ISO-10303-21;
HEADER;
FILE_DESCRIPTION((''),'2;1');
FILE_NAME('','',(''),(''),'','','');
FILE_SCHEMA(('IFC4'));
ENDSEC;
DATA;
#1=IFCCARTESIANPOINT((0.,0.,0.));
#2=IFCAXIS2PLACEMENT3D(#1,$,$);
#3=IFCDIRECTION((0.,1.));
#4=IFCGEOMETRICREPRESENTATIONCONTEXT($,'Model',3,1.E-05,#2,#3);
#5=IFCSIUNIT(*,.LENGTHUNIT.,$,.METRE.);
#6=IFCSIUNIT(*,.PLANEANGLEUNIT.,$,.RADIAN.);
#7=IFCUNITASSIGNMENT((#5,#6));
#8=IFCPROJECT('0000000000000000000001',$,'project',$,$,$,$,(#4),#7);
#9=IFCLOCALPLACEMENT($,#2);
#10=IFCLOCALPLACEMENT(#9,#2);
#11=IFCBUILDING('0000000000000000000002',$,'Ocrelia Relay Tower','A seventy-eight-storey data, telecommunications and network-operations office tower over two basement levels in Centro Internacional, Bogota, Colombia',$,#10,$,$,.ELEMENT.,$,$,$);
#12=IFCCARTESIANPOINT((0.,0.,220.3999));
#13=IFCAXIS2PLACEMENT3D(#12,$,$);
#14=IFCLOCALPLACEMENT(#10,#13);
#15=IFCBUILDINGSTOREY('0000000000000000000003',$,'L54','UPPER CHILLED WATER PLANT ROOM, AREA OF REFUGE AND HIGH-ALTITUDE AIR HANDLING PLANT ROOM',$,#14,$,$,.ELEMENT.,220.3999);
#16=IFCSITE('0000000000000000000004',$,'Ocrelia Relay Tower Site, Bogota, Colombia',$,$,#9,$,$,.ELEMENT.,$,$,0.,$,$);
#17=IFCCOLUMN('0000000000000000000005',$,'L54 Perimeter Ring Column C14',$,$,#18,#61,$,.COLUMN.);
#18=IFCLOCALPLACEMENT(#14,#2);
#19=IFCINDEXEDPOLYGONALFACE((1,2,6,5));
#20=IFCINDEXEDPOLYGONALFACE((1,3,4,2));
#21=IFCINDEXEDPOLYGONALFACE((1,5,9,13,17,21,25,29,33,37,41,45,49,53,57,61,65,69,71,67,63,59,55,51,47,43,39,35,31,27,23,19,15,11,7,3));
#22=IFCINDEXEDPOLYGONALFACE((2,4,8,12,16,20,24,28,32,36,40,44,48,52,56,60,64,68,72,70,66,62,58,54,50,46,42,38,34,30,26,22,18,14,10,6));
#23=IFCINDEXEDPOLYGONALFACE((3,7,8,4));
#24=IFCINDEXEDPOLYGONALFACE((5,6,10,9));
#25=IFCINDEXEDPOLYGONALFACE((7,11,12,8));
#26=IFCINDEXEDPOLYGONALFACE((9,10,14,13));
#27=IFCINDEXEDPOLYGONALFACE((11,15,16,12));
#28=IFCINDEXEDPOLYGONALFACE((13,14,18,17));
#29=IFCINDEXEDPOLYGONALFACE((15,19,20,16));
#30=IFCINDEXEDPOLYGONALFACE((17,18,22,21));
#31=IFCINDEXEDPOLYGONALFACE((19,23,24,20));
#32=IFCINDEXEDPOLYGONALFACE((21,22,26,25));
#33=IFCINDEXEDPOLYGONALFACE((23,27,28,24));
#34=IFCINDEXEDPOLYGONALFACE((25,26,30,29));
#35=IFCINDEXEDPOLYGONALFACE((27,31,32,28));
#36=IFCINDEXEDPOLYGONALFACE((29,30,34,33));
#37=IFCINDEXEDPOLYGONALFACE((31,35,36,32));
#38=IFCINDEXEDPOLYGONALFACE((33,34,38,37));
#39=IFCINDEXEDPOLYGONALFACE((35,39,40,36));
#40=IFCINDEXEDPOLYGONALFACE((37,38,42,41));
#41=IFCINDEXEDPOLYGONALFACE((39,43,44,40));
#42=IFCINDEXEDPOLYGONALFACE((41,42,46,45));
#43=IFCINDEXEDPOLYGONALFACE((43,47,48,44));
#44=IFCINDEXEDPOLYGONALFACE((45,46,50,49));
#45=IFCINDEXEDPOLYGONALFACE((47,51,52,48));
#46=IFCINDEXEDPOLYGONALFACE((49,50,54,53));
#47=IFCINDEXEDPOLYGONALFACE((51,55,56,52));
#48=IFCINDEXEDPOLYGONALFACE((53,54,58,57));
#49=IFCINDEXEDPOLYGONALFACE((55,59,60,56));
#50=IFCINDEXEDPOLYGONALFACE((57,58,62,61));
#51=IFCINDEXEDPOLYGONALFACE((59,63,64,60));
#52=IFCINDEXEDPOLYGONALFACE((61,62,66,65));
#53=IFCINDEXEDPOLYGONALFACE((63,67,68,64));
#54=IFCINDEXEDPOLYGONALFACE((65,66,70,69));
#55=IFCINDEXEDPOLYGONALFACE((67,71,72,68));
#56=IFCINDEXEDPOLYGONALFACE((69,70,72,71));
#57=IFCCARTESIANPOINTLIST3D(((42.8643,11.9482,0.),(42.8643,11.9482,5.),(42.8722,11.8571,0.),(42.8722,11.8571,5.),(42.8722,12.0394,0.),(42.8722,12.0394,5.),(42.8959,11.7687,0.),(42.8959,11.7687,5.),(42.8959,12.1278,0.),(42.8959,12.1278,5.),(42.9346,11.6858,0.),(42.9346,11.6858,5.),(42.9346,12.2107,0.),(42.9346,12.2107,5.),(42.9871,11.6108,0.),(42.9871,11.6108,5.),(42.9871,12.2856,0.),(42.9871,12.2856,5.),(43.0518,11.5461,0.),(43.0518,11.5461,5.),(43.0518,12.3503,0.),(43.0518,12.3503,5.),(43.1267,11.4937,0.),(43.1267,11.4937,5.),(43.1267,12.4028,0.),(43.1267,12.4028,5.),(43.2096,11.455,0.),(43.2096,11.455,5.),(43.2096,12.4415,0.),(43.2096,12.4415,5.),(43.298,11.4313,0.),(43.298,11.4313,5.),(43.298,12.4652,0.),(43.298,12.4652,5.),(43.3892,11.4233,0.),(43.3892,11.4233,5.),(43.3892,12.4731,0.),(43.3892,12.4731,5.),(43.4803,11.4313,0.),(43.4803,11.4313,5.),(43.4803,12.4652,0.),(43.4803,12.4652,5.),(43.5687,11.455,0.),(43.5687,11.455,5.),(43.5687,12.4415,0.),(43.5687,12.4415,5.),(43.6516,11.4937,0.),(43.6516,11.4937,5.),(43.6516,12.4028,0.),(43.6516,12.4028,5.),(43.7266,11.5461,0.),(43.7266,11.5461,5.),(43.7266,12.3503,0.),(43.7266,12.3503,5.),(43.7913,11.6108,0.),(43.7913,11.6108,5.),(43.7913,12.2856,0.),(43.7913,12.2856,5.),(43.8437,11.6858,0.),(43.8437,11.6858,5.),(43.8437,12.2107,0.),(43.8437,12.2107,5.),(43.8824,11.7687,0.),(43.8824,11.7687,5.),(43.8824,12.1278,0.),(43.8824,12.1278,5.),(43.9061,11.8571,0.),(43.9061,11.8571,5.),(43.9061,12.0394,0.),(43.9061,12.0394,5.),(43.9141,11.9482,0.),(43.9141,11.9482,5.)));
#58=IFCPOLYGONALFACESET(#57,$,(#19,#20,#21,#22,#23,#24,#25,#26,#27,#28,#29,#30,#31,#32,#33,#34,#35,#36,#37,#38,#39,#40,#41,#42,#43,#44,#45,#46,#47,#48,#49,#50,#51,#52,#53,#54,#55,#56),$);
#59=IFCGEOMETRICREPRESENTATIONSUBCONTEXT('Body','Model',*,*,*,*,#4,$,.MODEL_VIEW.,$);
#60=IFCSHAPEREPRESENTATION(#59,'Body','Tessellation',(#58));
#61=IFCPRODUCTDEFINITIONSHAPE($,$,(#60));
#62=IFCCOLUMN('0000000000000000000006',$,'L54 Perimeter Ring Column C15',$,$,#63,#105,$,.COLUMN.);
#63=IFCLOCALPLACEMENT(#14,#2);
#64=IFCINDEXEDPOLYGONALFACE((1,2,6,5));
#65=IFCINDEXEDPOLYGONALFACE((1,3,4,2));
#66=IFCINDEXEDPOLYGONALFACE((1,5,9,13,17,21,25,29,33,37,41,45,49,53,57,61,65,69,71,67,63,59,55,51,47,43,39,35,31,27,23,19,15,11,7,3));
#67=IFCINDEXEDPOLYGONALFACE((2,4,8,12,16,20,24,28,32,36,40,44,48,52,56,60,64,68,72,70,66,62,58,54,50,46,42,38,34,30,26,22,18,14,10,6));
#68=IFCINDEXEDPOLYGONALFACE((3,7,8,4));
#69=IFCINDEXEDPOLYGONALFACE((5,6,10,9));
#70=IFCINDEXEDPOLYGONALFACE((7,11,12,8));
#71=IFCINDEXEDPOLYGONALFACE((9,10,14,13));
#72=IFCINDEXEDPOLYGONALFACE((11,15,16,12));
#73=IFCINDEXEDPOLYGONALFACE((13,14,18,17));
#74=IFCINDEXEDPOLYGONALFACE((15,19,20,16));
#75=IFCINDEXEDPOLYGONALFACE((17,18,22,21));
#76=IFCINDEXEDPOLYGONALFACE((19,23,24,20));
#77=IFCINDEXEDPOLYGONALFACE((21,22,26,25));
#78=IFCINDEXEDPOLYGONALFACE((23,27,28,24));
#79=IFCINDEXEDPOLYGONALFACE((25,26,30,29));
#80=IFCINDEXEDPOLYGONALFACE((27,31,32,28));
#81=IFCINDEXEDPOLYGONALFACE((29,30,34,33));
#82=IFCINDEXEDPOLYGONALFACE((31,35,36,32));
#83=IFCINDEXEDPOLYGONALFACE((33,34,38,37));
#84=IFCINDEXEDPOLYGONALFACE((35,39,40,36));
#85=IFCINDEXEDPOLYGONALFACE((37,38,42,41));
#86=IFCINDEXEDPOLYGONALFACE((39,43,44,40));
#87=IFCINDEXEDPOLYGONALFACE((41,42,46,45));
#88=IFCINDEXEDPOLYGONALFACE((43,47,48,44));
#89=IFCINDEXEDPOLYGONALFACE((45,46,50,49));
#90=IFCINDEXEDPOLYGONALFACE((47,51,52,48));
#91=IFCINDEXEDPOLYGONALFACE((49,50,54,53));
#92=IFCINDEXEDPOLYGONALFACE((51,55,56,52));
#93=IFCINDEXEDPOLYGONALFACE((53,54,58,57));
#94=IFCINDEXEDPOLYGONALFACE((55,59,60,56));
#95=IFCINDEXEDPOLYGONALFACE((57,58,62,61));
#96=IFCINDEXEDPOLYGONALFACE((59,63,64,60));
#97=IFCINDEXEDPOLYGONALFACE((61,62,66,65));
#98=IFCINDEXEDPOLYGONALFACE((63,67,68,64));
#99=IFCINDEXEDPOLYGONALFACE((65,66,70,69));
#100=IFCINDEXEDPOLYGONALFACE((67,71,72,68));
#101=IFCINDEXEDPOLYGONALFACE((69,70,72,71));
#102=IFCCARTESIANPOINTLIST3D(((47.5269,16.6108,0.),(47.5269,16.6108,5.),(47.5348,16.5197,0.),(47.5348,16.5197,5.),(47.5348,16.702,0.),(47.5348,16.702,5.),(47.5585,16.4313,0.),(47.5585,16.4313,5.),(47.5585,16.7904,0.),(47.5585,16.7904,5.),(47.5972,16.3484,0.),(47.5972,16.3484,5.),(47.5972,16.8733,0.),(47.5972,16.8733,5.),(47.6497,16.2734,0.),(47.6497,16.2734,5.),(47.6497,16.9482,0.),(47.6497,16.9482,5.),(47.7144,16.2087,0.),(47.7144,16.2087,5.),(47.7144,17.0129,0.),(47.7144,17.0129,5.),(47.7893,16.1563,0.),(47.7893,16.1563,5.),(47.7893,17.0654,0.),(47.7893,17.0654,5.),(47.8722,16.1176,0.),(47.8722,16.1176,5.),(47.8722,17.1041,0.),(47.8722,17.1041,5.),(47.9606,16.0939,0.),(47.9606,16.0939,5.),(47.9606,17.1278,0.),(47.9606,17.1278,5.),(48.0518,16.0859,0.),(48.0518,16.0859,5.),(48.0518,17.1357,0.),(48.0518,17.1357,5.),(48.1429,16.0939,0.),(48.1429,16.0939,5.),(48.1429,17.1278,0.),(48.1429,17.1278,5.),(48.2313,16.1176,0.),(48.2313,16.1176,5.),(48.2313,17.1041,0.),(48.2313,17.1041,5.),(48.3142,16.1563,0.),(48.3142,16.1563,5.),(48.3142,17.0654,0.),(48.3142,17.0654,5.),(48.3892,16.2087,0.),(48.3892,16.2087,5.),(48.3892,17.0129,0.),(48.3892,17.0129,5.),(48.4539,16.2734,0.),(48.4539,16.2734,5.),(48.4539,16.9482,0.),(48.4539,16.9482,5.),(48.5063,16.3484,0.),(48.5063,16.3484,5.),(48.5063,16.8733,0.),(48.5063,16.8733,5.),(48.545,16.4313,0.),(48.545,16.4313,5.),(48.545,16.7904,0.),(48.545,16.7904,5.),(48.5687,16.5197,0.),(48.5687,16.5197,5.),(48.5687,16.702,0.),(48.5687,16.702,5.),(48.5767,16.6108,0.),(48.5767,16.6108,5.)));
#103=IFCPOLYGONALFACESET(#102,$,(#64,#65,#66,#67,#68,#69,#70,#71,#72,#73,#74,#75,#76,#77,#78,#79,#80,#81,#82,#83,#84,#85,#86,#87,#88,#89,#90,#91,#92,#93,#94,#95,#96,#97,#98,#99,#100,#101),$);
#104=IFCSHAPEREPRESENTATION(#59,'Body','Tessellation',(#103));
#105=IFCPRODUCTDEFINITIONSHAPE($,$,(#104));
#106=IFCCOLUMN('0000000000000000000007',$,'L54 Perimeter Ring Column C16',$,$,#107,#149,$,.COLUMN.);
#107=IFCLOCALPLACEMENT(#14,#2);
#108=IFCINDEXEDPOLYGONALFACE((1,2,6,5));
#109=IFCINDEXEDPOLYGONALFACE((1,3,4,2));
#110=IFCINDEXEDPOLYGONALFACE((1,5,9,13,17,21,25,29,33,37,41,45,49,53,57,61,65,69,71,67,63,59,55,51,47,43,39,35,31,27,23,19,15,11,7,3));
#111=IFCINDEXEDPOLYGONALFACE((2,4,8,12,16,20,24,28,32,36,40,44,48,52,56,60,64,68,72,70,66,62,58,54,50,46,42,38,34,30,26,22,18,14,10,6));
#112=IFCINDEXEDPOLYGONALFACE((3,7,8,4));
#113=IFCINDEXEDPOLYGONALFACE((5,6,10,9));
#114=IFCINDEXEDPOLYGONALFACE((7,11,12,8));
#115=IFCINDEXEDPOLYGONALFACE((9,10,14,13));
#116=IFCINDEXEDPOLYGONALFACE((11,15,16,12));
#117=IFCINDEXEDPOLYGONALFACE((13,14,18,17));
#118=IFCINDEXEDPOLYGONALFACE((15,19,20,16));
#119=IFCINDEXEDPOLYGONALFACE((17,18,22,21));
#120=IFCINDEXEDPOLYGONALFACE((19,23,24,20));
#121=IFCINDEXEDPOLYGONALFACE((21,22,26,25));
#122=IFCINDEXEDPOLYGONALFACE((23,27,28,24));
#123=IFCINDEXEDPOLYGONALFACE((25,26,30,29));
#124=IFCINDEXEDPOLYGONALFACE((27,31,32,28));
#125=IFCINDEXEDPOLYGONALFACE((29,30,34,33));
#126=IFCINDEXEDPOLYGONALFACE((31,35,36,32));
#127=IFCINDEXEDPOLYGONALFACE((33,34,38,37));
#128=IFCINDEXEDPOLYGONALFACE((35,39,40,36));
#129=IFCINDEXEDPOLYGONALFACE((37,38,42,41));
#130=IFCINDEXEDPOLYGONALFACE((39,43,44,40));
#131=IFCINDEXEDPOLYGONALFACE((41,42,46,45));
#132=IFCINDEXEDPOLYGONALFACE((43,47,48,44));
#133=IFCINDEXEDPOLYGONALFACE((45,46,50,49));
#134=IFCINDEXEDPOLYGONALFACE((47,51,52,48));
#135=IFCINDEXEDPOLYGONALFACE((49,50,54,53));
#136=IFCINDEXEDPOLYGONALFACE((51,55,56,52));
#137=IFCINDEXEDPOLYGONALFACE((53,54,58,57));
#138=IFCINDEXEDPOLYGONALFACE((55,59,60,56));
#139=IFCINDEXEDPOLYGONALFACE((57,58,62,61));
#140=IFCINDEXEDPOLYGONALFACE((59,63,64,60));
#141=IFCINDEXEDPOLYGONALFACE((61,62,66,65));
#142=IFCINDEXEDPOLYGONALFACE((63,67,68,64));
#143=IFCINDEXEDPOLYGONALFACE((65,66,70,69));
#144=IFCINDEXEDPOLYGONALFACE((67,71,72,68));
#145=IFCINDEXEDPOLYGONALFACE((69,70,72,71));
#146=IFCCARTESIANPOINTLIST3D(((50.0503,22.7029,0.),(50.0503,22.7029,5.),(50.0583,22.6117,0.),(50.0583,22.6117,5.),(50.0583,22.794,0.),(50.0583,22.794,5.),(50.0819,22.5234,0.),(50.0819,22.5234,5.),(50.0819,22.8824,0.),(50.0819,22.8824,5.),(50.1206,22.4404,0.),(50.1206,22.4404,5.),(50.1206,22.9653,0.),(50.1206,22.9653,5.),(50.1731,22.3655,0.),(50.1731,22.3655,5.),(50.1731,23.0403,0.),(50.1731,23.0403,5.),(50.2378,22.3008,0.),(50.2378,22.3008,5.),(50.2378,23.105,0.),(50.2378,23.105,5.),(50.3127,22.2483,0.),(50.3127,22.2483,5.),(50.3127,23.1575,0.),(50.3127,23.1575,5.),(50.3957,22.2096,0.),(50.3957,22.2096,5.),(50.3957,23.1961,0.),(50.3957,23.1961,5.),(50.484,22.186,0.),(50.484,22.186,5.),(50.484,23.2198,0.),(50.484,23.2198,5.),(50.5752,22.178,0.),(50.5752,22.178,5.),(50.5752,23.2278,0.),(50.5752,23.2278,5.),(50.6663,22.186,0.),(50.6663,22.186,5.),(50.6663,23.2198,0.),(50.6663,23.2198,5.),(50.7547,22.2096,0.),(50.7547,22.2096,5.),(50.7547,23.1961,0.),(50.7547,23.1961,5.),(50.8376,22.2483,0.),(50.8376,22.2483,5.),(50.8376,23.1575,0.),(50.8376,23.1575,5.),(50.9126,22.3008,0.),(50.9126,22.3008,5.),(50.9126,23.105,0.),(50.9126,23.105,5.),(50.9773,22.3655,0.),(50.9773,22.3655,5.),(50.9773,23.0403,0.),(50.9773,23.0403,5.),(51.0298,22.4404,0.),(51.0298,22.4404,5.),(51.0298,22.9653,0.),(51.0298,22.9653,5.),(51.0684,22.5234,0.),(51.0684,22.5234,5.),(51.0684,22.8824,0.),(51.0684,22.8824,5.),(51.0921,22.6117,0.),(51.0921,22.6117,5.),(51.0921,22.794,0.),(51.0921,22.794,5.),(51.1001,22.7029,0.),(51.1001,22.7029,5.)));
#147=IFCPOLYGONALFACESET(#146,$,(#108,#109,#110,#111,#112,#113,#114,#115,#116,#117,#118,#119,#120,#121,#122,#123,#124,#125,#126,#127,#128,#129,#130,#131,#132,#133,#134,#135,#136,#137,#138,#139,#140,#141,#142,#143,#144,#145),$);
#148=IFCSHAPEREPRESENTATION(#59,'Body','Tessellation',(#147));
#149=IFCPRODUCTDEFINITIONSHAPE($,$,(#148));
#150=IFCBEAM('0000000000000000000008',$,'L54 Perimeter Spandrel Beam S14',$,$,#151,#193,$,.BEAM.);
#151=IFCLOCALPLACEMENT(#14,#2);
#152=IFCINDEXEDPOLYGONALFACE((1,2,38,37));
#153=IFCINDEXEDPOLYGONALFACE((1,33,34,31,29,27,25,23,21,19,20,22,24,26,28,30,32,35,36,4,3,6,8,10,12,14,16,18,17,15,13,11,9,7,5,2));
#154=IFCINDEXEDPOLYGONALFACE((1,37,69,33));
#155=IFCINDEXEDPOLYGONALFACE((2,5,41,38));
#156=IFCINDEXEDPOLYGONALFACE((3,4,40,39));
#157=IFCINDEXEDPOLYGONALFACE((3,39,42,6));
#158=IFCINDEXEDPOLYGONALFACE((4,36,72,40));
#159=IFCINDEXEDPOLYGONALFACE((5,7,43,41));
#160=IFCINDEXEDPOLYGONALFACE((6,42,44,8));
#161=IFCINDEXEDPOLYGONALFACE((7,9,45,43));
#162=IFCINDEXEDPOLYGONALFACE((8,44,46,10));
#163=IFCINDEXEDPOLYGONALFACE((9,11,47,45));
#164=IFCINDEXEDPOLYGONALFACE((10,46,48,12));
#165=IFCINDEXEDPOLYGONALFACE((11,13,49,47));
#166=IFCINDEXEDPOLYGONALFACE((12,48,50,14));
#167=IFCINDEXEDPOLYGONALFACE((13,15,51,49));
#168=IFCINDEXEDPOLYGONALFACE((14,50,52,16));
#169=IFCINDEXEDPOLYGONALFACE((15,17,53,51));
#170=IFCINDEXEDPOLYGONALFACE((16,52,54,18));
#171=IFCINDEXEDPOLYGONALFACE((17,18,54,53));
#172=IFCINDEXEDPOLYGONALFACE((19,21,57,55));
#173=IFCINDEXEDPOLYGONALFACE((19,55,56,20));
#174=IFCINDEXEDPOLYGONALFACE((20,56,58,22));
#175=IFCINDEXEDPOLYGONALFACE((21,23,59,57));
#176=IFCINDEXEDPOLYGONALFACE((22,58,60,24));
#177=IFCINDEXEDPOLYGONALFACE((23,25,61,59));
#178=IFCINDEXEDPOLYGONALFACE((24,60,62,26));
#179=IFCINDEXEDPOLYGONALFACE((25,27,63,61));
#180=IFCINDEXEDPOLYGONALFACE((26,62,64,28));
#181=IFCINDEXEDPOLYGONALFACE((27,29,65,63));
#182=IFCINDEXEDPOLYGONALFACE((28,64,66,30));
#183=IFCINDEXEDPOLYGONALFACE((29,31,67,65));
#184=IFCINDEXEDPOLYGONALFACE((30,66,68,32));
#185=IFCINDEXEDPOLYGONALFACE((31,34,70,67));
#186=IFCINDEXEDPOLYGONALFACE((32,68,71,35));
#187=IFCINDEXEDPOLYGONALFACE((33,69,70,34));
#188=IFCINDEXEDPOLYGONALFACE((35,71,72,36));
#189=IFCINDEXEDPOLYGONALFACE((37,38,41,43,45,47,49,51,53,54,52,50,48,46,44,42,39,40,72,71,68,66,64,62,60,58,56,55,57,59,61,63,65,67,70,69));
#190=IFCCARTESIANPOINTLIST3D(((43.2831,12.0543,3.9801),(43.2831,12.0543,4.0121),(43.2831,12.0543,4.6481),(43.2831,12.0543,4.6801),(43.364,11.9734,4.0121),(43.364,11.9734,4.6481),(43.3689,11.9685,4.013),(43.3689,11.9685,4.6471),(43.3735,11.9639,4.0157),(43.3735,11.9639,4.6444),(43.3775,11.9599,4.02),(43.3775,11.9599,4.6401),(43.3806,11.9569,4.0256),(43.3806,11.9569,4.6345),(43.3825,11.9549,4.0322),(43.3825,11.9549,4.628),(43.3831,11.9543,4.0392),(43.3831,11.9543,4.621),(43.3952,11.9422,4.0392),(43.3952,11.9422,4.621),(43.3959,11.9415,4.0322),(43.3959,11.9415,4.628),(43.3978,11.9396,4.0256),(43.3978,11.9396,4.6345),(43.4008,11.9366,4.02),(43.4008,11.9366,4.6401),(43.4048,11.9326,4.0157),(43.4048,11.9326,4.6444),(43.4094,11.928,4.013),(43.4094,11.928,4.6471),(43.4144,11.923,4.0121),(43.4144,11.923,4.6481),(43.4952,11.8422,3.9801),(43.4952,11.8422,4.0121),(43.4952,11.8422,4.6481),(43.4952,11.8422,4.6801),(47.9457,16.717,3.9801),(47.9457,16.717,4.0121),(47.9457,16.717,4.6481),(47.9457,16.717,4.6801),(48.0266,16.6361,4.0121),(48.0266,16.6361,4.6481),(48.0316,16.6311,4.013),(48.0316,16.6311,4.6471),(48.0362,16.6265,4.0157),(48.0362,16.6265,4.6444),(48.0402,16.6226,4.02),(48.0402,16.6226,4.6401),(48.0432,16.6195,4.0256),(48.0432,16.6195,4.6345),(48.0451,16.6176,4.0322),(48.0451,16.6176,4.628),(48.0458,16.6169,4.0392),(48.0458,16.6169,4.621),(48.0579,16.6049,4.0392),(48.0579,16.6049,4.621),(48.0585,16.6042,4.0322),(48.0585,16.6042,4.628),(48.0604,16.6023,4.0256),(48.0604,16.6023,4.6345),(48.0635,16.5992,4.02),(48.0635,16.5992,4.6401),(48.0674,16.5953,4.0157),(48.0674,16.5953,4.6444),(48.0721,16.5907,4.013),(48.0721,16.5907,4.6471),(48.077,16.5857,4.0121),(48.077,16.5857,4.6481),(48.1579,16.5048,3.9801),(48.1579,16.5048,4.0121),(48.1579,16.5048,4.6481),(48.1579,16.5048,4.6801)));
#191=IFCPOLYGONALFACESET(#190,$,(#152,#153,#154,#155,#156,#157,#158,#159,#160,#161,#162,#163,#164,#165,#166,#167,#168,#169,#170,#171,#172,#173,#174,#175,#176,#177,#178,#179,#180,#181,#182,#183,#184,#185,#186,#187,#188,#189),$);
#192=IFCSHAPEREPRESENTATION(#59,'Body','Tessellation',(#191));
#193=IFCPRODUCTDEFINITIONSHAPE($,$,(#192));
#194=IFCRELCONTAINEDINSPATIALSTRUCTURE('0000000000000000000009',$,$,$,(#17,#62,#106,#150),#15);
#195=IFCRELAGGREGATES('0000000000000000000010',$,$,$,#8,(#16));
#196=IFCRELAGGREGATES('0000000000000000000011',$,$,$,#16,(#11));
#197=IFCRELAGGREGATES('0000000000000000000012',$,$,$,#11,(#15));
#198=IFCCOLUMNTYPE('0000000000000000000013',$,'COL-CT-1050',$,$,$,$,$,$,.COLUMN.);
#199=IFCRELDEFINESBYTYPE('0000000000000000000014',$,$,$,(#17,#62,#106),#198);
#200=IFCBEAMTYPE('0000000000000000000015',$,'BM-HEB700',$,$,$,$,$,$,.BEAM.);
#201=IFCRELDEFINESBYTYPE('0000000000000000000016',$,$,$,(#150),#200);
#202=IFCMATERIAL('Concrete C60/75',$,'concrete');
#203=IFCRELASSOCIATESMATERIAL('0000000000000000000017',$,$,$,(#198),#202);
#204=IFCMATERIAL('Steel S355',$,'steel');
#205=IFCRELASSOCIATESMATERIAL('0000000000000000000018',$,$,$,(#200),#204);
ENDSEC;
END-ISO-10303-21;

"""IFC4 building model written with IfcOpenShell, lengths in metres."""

from ifc_helpers import new_model, si_unit, direction, frame, origin, origin_2d, place, context, subcontext, project, spatial, circle, i_section, extrude, material, material_profile, profile_set, type_object, element, save


model = new_model("IFC4")

# Units and contexts
model_context = context("Model", 3, precision=1e-05, world=origin(), true_north=direction((0.0, 1.0)))
body_context = subcontext(model_context, "Body", "Model", "MODEL_VIEW")
ifc_project = project(units=[si_unit("LENGTHUNIT", "METRE"), si_unit("PLANEANGLEUNIT", "RADIAN")], contexts=[model_context])

# Site, building, storey
site_placement = place(None, origin())
site = spatial("IfcSite", under=ifc_project, at=site_placement, Name="Ocrelia Relay Tower Site, Bogota, Colombia", CompositionType="ELEMENT", RefElevation=0.0)
building_placement = place(site_placement, origin())
building = spatial("IfcBuilding", under=site, at=building_placement, Name="Ocrelia Relay Tower", Description="A seventy-eight-storey data, telecommunications and network-operations office tower over two basement levels in Centro Internacional, Bogota, Colombia", CompositionType="ELEMENT")
storey_placement = place(building_placement, frame((0.0, 0.0, 220.3999)))
storey = spatial("IfcBuildingStorey", under=building, at=storey_placement, Name="L54", Description="UPPER CHILLED WATER PLANT ROOM, AREA OF REFUGE AND HIGH-ALTITUDE AIR HANDLING PLANT ROOM", CompositionType="ELEMENT", Elevation=220.3999)

# Columns
ifc_material_1 = material(Name="Concrete C60/75", Category="concrete")
ifc_material_profile_1 = material_profile(ifc_material_1, circle(Radius=0.5249, at=origin_2d()), Name="RC-CIR-1050")
ifc_profile_set_1 = profile_set([ifc_material_profile_1], Name="Concrete C60/75")
column_type = type_object("IfcColumnType", Name="COL-CT-1050", PredefinedType="COLUMN", material=ifc_profile_set_1)
for number, where, z_axis, x_axis, name in (
    (1, (43.3892, 11.9482, 0.0), (0.0, 0.0, 1.0), (1.0, 0.0, 0.0), "L54 Perimeter Ring Column C14"),
    (2, (48.0518, 16.6108, 0.0), (0.0, 0.0, 1.0), (1.0, 0.0, 0.0), "L54 Perimeter Ring Column C15"),
    (3, (50.5752, 22.7029, 0.0), (0.0, 0.0, 1.0), (1.0, 0.0, 0.0), "L54 Perimeter Ring Column C16"),
):
    element("IfcColumn", number, at=place(storey_placement, frame(where, z_axis=z_axis, x_axis=x_axis)), inside=storey, type_object=column_type, Name=name, PredefinedType="COLUMN", context=body_context, shape_type="SweptSolid", body=[
        extrude(circle(Radius=0.5249, at=origin_2d()), origin(), (0.0, 0.0, 1.0), 5.0),
    ])

# Beam
ifc_material_2 = material(Name="Steel S355", Category="steel")
ifc_material_profile_2 = material_profile(ifc_material_2, i_section(OverallWidth=0.3, OverallDepth=0.7, WebThickness=0.0171, FlangeThickness=0.032, FilletRadius=0.0271, at=origin_2d()), Name="HEB 700")
ifc_profile_set_2 = profile_set([ifc_material_profile_2], Name="Steel S355")
beam_type_1 = type_object("IfcBeamType", Name="BM-HEB700", PredefinedType="BEAM", material=ifc_profile_set_2)
for number, where, z_axis, x_axis, name in (
    (4, (43.3892, 11.9482, 4.3301), (0.707107, 0.707107, 0.0), (-0.707107, 0.707107, 0.0), "L54 Perimeter Spandrel Beam S14"),
):
    element("IfcBeam", number, at=place(storey_placement, frame(where, z_axis=z_axis, x_axis=x_axis)), inside=storey, type_object=beam_type_1, Name=name, PredefinedType="BEAM", context=body_context, shape_type="SweptSolid", body=[
        extrude(i_section(OverallWidth=0.3, OverallDepth=0.7, WebThickness=0.0171, FlangeThickness=0.032, FilletRadius=0.0271, at=origin_2d()), origin(), (0.0, 0.0, 1.0), 6.594),
    ])

save(model, "model.ifc")
